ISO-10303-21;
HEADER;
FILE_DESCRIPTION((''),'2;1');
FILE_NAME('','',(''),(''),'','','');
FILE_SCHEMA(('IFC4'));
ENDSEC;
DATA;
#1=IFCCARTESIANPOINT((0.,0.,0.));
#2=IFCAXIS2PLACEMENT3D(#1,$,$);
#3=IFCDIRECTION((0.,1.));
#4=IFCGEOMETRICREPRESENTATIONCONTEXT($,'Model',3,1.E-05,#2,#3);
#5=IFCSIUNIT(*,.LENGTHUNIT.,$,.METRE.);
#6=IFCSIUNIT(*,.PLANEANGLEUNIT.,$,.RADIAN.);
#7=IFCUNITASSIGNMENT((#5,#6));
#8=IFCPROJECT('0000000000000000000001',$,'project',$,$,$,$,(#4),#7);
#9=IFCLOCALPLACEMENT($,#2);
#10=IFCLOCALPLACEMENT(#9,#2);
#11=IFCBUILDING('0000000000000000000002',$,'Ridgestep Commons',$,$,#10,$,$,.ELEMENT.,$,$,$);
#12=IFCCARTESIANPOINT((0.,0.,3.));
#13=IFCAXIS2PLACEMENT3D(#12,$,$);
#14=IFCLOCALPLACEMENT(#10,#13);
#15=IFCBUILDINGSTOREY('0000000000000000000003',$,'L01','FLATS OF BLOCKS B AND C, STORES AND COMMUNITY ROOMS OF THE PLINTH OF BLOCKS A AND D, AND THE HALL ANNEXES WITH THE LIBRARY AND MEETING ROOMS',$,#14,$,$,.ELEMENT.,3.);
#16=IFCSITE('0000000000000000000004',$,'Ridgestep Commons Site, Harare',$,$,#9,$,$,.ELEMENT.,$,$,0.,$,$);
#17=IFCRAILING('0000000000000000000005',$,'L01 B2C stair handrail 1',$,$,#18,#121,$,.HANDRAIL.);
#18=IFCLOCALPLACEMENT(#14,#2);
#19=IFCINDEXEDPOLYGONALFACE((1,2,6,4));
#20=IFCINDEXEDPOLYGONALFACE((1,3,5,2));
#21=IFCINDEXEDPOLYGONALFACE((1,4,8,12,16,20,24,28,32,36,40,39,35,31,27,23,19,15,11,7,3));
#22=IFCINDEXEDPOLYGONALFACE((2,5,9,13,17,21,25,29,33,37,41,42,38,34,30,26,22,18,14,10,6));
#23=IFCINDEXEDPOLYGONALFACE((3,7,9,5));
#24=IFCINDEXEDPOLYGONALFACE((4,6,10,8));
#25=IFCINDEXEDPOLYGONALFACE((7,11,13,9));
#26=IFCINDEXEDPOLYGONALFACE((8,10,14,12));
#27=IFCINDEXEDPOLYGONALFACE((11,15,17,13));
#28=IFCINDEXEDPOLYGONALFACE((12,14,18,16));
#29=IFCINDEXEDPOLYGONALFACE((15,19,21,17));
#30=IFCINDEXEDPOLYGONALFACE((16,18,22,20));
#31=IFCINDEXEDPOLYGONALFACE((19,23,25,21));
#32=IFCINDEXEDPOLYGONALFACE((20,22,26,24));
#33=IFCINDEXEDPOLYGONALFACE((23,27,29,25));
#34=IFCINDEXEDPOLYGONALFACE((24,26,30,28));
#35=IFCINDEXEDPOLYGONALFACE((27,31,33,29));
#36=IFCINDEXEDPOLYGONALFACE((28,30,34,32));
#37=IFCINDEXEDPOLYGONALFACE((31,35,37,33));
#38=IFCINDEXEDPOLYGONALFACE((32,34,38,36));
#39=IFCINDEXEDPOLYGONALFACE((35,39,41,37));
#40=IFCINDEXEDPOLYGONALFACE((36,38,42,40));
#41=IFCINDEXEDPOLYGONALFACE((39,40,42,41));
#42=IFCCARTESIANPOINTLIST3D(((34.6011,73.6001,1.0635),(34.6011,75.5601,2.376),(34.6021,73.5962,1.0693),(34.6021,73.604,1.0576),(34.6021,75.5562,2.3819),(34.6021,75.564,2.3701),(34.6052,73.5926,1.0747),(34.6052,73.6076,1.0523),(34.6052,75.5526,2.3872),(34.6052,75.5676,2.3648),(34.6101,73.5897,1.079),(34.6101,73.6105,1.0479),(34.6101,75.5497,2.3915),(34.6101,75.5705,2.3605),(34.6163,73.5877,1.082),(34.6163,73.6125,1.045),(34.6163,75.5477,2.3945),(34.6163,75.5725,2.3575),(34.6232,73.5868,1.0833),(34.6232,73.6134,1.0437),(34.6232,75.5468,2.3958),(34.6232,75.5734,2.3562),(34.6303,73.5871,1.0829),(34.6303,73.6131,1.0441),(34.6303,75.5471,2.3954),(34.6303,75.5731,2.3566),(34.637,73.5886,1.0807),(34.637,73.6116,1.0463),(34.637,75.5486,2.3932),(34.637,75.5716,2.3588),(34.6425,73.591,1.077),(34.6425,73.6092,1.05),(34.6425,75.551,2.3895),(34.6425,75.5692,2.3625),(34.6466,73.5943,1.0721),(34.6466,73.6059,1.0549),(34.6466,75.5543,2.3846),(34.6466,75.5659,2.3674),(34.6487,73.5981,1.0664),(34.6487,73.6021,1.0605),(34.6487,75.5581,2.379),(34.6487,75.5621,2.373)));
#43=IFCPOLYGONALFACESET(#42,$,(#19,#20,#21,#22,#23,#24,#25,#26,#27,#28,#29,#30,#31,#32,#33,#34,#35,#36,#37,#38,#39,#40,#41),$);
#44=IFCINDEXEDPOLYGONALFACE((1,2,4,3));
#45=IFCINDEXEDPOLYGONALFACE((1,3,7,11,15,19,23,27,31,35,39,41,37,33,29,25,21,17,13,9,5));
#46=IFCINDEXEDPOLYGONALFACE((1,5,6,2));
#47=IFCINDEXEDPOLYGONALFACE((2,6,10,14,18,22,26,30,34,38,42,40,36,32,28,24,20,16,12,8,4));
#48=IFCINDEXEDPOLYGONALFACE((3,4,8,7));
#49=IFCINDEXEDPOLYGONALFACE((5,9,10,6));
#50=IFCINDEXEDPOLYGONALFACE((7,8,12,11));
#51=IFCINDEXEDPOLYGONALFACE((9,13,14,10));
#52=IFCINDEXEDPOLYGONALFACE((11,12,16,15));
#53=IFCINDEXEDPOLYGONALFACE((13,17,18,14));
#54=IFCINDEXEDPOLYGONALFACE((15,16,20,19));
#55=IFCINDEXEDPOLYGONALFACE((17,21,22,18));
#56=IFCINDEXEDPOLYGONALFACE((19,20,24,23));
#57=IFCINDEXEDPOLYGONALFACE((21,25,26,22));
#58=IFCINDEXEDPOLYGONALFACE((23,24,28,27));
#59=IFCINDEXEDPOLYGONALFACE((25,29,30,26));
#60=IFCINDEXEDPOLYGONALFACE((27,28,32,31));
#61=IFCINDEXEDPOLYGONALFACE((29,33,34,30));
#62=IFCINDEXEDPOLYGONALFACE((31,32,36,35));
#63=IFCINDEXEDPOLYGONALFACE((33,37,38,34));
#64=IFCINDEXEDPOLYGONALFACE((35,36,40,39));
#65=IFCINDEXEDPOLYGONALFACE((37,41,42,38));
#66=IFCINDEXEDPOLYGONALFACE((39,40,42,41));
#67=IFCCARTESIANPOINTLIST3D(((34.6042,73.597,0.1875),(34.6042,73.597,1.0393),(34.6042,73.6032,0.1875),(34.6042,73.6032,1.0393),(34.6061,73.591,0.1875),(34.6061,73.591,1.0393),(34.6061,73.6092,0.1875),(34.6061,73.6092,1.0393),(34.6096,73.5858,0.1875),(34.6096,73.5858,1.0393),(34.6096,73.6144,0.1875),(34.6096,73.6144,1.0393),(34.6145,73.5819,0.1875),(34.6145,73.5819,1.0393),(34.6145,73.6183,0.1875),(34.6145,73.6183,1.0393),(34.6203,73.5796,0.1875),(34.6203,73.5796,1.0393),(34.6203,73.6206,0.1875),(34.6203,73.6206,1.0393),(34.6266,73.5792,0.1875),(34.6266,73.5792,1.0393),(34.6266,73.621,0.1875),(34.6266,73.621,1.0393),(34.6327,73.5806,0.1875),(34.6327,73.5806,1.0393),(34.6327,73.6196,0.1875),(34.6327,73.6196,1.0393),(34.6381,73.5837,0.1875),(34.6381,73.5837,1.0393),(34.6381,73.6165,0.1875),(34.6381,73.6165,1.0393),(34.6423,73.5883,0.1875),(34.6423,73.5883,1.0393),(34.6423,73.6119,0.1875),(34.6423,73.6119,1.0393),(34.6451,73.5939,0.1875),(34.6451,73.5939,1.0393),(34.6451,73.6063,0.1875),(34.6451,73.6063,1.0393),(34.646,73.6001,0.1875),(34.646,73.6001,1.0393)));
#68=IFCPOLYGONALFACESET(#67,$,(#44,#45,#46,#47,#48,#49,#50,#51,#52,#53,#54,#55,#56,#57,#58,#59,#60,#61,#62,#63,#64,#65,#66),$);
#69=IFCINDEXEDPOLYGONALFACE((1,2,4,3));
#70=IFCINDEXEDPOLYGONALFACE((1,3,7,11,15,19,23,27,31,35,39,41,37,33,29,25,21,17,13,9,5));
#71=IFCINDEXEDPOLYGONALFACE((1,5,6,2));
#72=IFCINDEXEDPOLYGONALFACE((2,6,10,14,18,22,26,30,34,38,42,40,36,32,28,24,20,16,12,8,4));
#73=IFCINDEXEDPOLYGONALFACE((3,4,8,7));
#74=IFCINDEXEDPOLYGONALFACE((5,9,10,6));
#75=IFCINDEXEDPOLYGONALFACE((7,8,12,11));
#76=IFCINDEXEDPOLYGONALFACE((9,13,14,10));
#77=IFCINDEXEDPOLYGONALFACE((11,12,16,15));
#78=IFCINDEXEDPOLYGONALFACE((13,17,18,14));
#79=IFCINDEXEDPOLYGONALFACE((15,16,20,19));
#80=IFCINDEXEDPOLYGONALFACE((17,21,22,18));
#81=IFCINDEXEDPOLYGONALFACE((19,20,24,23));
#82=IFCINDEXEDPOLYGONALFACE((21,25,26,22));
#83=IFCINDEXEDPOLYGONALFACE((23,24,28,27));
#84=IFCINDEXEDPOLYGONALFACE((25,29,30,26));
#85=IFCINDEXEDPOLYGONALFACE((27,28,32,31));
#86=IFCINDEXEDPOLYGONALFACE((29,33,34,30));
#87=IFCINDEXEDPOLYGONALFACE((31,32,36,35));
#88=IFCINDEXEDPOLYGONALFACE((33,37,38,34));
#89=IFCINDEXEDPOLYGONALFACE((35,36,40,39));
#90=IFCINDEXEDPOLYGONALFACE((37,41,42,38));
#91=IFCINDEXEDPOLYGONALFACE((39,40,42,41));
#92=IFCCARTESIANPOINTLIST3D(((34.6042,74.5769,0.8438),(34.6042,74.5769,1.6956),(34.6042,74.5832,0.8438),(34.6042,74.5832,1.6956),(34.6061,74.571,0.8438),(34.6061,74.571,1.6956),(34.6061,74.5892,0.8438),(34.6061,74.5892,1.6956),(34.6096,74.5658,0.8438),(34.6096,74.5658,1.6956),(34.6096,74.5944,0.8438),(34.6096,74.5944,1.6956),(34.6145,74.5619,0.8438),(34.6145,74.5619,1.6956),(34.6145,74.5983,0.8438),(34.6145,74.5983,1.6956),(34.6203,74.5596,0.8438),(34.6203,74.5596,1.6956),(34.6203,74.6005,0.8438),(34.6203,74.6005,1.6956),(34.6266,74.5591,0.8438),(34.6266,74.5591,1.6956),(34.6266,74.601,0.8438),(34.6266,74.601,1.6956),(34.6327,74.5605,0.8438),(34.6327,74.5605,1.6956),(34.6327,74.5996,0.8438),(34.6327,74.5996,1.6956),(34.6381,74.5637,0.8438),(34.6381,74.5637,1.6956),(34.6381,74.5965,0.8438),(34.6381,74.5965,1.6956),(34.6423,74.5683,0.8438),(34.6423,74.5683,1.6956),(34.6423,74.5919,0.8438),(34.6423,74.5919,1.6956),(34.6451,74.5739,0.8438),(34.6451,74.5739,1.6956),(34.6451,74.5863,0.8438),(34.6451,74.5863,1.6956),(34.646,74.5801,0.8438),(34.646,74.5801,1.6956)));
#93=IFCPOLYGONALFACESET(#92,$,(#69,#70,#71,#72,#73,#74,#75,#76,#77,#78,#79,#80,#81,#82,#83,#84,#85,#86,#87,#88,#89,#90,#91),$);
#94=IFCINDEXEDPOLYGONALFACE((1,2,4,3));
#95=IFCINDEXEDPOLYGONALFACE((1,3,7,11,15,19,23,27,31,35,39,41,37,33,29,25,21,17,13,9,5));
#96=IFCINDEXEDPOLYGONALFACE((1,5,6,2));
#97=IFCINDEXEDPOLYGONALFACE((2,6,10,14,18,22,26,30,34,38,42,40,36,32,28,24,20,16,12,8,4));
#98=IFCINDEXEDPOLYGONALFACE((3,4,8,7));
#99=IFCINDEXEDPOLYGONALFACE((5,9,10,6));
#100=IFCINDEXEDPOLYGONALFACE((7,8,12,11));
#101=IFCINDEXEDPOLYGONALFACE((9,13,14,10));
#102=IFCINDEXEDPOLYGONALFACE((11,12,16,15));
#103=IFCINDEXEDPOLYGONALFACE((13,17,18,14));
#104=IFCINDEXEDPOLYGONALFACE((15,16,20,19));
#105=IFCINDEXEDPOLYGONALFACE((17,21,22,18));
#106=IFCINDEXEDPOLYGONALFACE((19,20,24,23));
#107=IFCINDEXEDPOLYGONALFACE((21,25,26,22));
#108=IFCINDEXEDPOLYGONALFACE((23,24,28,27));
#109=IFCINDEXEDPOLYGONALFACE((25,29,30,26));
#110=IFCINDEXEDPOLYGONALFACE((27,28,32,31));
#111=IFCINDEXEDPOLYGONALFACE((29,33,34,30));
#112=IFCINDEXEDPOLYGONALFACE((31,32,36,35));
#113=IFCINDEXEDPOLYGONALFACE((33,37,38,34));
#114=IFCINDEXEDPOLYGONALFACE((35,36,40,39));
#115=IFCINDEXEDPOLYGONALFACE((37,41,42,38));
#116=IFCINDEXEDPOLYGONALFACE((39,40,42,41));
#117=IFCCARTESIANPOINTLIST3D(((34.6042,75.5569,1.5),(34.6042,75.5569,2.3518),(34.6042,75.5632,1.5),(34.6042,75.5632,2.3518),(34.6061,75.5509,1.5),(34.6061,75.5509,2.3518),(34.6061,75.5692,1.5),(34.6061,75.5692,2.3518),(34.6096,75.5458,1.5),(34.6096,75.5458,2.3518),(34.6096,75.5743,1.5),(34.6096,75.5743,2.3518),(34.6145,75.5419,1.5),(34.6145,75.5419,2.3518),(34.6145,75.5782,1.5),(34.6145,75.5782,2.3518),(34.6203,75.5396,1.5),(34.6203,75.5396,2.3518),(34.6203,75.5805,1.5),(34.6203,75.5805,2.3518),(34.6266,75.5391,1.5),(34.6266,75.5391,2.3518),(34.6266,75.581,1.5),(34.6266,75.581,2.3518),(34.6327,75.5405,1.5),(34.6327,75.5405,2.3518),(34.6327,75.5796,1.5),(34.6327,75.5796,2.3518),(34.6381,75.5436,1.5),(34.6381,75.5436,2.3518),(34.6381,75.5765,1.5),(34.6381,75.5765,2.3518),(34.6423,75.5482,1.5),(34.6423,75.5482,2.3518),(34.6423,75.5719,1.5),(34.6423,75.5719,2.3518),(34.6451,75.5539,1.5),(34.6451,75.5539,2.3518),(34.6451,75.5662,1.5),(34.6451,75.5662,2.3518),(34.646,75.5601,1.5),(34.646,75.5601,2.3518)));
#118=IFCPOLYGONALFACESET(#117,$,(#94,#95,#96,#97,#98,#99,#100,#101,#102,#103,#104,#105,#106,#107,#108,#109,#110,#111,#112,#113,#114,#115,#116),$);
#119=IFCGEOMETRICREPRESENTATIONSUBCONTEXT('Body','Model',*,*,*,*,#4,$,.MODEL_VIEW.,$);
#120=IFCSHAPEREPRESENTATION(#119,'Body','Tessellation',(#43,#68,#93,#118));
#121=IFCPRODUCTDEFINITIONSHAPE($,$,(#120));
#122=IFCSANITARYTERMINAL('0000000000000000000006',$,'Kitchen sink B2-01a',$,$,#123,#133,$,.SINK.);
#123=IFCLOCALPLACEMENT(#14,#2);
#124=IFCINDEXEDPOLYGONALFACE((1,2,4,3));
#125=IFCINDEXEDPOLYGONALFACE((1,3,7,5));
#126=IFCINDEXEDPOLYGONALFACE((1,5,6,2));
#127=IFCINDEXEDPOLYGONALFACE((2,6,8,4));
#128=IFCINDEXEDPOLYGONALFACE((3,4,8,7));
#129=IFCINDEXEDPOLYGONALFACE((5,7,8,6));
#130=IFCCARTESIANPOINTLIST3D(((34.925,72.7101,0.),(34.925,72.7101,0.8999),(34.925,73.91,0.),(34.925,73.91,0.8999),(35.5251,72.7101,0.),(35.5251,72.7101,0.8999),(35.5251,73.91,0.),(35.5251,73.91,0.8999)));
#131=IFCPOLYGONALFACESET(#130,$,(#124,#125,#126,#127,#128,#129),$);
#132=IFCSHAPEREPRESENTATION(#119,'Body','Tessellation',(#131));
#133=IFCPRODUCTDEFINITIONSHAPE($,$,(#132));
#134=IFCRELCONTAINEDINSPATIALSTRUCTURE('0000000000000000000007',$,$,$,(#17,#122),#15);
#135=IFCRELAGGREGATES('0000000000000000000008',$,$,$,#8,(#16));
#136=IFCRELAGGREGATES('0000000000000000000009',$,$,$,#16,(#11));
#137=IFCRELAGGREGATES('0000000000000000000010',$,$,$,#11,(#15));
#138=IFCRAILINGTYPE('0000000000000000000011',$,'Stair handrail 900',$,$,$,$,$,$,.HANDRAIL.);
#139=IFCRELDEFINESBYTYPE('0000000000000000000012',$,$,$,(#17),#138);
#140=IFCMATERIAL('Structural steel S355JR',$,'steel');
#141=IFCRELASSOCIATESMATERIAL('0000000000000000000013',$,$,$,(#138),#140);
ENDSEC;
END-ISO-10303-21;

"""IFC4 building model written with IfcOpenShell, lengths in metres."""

from ifc_helpers import new_model, si_unit, direction, frame, origin, origin_2d, place, context, subcontext, project, spatial, rectangle, circle, extrude, material, type_object, element, save


model = new_model("IFC4")

# Units and contexts
model_context = context("Model", 3, precision=1e-05, world=origin(), true_north=direction((0.0, 1.0)))
body_context = subcontext(model_context, "Body", "Model", "MODEL_VIEW")
ifc_project = project(units=[si_unit("LENGTHUNIT", "METRE"), si_unit("PLANEANGLEUNIT", "RADIAN")], contexts=[model_context])

# Site, building, storey
site_placement = place(None, origin())
site = spatial("IfcSite", under=ifc_project, at=site_placement, Name="Ridgestep Commons Site, Harare", CompositionType="ELEMENT", RefElevation=0.0)
building_placement = place(site_placement, origin())
building = spatial("IfcBuilding", under=site, at=building_placement, Name="Ridgestep Commons", CompositionType="ELEMENT")
storey_placement = place(building_placement, frame((0.0, 0.0, 3.0)))
storey = spatial("IfcBuildingStorey", under=building, at=storey_placement, Name="L01", Description="FLATS OF BLOCKS B AND C, STORES AND COMMUNITY ROOMS OF THE PLINTH OF BLOCKS A AND D, AND THE HALL ANNEXES WITH THE LIBRARY AND MEETING ROOMS", CompositionType="ELEMENT", Elevation=3.0)

# Railing
ifc_material_1 = material(Name="Structural steel S355JR", Category="steel")
railing_type_1 = type_object("IfcRailingType", Name="Stair handrail 900", PredefinedType="HANDRAIL", material=ifc_material_1)
railing_1_placement = place(storey_placement, frame((34.625, 73.6001, 0.1875)))
element("IfcRailing", 1, at=railing_1_placement, inside=storey, type_object=railing_type_1, Name="L01 B2C stair handrail 1", PredefinedType="HANDRAIL", context=body_context, shape_type="SweptSolid", body=[
    extrude(circle(Radius=0.0239, at=origin_2d()), frame((0.0, 0.0, 0.876), z_axis=(0.0, 0.830902, 0.556419), x_axis=(-1.0, 0.0, 0.0)), (0.0, 0.0, 1.0), 2.3589),
    extrude(circle(Radius=0.021, at=origin_2d()), origin(), (0.0, 0.0, 1.0), 0.8518),
    extrude(circle(Radius=0.021, at=origin_2d()), frame((0.0, 0.98, 0.6562)), (0.0, 0.0, 1.0), 0.8518),
    extrude(circle(Radius=0.021, at=origin_2d()), frame((0.0, 1.96, 1.3125)), (0.0, 0.0, 1.0), 0.8518),
])

# Sanitary terminal
sanitary_terminal_placement = place(storey_placement, frame((35.2251, 73.3101, 0.0), z_axis=(0.0, 0.0, 1.0), x_axis=(1.0, 0.0, 0.0)))
element("IfcSanitaryTerminal", 2, at=sanitary_terminal_placement, inside=storey, Name="Kitchen sink B2-01a", PredefinedType="SINK", context=body_context, shape_type="SweptSolid", body=[
    extrude(rectangle(XDim=0.6001, YDim=1.2, at=origin_2d()), origin(), (0.0, 0.0, 1.0), 0.8999),
])

save(model, "model.ifc")
